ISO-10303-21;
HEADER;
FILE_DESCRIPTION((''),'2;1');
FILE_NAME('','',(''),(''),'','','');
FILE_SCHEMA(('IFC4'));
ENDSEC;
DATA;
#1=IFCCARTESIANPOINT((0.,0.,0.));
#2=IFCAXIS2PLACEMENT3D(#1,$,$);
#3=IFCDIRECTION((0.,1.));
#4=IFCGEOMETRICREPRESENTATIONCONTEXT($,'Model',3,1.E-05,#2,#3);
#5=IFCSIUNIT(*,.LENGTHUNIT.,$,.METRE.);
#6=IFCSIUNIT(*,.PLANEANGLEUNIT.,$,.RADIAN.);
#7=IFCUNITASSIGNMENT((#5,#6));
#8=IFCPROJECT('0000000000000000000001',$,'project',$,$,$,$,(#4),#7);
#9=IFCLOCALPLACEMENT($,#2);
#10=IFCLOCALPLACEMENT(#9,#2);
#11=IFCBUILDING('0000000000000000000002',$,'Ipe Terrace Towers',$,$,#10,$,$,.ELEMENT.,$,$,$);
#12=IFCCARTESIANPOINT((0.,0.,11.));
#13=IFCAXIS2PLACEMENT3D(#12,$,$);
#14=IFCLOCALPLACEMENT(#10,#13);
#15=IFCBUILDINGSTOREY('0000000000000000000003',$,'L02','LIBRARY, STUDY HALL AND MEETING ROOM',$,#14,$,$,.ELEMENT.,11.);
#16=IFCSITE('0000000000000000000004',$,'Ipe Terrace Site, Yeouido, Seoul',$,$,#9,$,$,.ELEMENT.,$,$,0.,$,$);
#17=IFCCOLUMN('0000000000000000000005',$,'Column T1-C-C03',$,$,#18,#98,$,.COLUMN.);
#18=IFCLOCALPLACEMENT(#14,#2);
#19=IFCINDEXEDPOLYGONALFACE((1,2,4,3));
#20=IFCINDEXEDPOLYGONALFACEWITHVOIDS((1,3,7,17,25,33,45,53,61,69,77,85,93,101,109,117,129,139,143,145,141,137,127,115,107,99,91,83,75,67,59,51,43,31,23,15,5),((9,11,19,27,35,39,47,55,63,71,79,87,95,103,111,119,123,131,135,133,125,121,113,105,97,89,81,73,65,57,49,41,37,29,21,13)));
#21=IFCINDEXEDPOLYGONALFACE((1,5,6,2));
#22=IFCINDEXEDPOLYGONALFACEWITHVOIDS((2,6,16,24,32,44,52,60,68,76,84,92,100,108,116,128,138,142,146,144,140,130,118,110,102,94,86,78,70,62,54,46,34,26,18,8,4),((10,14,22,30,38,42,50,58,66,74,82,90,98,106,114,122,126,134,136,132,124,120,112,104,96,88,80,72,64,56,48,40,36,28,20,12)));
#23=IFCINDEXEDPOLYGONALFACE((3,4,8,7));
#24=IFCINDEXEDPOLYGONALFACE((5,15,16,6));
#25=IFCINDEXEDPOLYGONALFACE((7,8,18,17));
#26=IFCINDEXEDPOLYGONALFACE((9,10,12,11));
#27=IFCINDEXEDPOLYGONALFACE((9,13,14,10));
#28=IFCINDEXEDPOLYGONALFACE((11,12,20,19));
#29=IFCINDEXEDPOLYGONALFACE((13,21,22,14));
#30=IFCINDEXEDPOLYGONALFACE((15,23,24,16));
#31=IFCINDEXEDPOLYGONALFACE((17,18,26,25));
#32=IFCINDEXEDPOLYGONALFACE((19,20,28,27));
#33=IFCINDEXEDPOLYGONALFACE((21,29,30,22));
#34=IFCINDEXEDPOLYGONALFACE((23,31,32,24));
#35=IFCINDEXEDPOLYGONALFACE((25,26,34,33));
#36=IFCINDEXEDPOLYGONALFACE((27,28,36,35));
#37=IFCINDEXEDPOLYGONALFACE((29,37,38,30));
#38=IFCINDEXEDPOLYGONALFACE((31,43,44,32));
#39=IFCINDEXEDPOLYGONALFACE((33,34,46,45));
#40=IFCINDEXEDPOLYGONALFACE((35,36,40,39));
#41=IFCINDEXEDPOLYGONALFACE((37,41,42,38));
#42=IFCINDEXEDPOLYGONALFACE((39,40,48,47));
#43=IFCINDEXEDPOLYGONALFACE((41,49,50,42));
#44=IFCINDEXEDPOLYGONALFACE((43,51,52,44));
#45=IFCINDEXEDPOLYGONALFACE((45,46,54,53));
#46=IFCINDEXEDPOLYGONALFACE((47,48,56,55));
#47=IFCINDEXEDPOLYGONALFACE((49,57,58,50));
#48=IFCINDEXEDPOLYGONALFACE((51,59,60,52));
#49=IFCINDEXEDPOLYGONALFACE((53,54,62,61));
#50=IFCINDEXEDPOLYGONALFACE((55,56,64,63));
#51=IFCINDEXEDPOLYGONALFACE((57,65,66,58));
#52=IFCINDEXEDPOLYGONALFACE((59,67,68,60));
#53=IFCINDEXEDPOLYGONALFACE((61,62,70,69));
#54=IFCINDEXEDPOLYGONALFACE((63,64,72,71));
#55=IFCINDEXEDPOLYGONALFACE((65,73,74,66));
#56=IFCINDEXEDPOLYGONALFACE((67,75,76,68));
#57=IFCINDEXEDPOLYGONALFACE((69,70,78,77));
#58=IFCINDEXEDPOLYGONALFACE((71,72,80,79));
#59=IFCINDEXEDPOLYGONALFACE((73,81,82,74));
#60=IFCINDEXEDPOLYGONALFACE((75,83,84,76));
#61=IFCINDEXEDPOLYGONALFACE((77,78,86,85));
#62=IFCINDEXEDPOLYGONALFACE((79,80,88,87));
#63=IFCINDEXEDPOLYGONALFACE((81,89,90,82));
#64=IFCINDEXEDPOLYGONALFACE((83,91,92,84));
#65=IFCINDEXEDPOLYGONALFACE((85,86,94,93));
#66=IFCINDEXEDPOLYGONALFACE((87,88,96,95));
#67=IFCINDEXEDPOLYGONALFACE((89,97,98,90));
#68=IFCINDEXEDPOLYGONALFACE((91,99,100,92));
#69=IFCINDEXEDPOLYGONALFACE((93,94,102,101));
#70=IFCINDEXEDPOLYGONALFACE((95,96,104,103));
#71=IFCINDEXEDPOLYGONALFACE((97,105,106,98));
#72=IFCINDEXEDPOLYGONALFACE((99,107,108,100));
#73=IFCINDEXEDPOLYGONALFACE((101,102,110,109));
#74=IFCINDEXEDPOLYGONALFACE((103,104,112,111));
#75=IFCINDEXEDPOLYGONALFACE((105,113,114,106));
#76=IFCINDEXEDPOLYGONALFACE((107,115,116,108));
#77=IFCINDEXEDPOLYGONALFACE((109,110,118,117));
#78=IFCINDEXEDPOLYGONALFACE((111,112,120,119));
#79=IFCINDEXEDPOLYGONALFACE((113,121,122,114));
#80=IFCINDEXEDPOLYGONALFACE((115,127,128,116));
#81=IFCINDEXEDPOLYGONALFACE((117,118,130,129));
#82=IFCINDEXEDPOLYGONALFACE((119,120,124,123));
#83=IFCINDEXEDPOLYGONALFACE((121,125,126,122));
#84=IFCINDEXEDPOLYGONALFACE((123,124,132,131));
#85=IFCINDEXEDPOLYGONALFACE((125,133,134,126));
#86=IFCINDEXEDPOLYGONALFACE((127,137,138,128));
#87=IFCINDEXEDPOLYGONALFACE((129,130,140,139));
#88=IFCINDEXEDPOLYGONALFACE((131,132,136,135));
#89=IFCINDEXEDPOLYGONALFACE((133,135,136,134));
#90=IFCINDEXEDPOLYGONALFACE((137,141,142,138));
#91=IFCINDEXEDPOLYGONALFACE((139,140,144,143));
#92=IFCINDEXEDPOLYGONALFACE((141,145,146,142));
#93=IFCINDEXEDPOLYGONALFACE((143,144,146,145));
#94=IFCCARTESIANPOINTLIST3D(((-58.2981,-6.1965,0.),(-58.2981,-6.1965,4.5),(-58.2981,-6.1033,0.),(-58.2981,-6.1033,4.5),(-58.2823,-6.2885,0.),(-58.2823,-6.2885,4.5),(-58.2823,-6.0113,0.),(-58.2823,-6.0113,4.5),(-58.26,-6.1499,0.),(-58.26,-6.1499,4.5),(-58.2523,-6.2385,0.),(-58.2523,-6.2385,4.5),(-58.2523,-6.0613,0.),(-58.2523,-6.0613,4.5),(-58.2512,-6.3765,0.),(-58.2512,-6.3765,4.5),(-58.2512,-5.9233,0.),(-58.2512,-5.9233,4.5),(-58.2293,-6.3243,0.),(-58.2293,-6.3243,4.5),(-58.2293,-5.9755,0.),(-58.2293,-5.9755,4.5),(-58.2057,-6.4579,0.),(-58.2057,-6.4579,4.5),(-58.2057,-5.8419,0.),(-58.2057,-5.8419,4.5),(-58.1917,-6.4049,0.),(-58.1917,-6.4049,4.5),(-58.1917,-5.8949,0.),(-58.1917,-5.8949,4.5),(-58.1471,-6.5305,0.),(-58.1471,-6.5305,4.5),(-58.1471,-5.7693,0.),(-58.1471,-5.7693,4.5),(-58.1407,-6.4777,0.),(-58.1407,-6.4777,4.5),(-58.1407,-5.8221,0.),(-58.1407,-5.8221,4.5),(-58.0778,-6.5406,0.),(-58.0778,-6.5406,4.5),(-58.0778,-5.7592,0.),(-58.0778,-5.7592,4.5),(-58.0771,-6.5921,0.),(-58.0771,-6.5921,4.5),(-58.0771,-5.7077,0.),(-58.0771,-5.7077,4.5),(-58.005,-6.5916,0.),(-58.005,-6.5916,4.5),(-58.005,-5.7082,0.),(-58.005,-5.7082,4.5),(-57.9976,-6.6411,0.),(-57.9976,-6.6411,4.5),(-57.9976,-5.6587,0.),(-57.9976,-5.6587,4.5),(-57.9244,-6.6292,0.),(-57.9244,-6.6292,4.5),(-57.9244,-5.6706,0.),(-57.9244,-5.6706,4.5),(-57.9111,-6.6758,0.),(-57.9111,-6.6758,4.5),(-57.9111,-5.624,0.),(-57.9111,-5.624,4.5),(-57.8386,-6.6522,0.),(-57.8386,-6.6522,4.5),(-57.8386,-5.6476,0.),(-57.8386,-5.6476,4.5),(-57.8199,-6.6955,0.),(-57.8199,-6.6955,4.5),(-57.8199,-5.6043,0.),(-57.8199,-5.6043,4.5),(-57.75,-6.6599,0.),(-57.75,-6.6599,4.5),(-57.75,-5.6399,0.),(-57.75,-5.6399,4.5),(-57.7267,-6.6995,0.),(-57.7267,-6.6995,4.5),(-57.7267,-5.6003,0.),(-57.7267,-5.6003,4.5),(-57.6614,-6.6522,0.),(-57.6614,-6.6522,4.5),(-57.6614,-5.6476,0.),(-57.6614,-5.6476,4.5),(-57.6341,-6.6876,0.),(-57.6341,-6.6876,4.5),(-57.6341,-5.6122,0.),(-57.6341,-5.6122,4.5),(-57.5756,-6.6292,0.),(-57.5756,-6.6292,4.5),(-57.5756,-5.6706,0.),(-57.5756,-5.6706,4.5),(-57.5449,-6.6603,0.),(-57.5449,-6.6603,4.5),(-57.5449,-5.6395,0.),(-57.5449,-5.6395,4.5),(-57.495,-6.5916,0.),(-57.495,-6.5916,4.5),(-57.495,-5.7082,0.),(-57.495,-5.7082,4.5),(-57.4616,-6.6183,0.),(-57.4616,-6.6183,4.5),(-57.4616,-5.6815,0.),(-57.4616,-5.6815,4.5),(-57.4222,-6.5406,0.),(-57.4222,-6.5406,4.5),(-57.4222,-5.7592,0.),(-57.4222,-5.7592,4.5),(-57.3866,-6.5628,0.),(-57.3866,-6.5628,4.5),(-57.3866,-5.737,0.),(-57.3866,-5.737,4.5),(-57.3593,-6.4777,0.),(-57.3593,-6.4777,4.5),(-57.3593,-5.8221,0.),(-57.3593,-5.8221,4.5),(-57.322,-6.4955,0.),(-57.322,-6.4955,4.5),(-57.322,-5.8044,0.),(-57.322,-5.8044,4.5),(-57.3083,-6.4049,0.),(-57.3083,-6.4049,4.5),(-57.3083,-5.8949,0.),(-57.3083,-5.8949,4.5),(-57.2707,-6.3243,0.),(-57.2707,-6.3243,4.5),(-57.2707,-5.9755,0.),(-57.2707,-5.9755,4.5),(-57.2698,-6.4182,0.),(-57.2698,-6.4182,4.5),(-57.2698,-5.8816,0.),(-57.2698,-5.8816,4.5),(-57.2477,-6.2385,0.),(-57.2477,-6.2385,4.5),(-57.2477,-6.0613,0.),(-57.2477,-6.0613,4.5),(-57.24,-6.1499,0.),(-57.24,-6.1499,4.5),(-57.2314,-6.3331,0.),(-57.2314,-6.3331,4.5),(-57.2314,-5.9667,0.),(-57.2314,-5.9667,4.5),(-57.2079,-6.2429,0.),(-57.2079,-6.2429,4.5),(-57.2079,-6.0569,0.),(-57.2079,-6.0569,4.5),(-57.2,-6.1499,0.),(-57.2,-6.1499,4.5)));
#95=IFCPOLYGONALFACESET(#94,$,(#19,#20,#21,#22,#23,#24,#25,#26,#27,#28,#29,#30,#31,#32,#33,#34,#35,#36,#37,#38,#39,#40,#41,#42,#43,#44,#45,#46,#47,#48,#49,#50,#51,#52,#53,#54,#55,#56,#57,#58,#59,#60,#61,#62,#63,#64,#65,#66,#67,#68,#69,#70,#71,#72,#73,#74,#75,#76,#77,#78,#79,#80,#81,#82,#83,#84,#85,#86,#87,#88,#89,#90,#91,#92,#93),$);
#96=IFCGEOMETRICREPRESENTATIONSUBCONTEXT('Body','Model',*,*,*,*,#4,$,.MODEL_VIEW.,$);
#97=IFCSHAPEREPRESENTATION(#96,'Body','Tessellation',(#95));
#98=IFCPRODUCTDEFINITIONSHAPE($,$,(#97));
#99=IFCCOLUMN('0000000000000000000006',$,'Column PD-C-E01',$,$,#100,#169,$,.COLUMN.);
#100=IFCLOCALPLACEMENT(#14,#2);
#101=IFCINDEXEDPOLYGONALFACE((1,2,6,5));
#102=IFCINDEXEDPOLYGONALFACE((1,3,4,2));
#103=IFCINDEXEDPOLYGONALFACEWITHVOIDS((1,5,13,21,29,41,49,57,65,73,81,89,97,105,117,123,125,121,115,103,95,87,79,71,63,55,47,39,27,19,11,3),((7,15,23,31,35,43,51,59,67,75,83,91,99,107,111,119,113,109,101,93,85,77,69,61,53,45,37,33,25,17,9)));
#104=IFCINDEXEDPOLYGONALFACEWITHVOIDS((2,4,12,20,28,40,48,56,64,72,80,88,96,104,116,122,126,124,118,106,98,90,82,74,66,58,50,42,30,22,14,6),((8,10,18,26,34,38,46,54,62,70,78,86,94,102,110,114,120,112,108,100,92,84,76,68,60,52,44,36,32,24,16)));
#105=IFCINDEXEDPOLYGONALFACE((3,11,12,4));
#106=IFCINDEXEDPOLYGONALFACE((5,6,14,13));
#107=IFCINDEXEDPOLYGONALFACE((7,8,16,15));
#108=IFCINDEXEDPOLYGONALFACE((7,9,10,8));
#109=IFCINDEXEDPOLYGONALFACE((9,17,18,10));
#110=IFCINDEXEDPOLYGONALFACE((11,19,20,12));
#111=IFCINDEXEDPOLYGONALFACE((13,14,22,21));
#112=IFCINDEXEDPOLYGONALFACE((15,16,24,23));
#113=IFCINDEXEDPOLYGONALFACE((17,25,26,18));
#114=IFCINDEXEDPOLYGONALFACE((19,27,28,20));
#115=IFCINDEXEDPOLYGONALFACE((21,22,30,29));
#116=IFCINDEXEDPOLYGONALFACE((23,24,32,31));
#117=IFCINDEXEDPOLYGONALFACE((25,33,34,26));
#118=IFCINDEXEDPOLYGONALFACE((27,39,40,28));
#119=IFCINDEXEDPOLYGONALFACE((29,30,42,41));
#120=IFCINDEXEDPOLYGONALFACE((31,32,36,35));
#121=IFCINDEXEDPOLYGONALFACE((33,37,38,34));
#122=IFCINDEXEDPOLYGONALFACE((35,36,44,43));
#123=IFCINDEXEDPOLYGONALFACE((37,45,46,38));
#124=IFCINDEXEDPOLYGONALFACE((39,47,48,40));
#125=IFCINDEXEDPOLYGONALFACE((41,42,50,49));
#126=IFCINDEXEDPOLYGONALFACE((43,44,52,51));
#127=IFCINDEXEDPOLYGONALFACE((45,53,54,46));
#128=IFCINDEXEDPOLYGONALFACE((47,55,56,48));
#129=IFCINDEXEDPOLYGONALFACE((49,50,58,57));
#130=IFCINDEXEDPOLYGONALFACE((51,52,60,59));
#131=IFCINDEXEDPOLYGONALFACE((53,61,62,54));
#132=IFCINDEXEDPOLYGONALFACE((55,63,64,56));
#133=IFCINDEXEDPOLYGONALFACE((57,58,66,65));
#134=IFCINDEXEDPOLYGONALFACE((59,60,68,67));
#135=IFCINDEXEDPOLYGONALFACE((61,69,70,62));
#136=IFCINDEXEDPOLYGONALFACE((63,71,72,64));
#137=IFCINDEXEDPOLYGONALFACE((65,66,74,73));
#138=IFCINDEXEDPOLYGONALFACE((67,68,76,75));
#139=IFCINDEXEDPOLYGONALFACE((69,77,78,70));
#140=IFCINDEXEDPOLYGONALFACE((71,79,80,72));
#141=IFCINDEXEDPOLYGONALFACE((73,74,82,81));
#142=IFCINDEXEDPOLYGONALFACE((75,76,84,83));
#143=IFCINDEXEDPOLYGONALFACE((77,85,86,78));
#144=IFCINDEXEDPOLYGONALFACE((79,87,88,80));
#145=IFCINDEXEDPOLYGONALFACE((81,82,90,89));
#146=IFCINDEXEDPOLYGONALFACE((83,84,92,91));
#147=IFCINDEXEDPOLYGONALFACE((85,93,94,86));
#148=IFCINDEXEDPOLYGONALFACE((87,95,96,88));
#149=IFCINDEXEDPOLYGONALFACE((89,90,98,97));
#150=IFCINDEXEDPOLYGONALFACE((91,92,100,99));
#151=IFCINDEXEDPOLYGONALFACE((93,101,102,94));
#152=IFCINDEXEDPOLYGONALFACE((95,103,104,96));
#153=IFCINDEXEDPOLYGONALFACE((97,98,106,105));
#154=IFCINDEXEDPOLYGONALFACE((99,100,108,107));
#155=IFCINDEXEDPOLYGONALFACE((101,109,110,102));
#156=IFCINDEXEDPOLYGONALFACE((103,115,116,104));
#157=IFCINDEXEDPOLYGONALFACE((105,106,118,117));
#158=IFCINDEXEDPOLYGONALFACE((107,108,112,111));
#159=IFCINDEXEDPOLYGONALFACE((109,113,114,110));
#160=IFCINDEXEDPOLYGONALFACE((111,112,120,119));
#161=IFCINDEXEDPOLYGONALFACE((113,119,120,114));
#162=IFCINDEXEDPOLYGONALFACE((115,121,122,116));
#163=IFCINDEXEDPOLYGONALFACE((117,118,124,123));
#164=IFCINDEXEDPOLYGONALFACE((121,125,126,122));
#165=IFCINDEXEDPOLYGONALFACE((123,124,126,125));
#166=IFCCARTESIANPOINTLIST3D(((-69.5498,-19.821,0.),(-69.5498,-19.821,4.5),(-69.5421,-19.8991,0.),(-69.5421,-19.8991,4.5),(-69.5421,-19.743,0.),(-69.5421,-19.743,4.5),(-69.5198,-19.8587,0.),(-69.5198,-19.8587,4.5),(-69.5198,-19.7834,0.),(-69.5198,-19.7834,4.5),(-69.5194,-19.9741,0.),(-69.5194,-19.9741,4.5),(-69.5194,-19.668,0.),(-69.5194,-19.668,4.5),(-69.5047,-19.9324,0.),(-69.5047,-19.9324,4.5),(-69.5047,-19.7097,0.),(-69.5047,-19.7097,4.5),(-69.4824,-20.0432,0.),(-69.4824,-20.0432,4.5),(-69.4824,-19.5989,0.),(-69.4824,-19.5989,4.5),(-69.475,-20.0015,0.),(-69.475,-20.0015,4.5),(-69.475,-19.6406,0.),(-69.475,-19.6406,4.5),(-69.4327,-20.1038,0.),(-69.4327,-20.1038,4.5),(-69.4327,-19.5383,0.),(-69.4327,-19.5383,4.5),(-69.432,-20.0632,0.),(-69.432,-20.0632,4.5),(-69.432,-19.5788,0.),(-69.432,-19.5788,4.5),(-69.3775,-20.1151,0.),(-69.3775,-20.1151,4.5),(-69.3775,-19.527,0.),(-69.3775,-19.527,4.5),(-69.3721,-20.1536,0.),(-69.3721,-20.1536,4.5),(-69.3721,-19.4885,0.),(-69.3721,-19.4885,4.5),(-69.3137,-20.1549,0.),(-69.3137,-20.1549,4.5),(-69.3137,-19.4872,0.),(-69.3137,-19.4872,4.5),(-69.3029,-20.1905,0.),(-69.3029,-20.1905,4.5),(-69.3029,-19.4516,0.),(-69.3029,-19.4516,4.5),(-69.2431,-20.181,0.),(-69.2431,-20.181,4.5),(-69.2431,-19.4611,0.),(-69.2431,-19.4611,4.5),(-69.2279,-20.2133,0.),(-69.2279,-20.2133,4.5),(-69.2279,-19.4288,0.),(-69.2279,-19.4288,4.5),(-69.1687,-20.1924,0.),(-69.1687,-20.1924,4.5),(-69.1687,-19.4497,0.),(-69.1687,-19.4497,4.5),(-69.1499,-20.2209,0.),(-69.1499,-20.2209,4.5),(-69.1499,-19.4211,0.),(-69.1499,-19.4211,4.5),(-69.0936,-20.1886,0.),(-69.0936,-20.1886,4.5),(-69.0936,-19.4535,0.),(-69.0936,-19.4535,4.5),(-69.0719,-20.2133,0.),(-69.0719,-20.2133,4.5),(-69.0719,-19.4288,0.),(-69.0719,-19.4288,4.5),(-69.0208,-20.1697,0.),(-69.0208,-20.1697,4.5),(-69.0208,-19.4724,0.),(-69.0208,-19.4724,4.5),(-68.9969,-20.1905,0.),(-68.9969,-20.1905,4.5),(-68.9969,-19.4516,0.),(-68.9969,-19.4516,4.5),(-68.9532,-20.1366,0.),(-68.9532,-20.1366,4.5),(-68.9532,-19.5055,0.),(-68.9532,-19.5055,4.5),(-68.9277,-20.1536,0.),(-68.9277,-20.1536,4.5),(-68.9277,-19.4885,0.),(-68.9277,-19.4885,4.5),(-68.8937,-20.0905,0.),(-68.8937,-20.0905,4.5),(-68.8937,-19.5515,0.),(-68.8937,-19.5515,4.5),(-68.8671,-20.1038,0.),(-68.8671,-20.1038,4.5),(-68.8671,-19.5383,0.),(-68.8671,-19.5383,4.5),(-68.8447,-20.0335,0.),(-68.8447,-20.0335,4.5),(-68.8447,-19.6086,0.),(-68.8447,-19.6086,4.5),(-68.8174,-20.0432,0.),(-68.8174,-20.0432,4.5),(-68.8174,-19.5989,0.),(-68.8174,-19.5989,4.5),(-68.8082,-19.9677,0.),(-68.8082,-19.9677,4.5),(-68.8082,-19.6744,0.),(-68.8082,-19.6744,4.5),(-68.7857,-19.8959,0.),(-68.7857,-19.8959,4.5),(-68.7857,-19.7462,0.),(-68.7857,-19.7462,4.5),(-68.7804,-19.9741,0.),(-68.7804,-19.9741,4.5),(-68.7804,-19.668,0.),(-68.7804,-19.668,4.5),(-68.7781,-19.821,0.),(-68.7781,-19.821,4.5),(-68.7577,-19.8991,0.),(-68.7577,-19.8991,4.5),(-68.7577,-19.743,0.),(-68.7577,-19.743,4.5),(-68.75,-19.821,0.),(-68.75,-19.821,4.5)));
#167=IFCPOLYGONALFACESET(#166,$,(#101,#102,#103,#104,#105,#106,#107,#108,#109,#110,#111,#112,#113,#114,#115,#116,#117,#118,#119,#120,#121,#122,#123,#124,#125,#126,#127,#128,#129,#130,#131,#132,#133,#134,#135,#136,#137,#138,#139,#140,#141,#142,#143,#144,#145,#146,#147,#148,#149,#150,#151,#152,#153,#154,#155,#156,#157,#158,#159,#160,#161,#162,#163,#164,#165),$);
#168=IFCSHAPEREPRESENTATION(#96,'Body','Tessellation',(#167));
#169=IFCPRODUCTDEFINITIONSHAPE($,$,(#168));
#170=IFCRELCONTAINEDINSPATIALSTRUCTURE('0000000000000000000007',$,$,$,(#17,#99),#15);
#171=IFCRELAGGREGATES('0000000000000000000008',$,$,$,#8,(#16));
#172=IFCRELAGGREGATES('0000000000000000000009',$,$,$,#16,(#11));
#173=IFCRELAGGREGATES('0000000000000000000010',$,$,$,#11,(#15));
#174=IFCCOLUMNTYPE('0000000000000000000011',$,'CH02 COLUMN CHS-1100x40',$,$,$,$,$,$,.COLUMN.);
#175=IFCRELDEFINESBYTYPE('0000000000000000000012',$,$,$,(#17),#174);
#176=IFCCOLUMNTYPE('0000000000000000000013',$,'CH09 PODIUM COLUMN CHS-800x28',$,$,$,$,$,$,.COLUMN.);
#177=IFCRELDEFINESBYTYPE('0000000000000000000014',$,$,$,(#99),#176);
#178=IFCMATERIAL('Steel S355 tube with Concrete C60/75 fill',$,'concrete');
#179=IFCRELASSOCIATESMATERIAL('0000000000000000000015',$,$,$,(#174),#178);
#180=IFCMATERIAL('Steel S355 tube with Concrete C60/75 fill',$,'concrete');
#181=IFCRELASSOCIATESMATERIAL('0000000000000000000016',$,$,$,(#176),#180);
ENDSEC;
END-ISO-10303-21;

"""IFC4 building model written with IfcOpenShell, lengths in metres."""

from ifc_helpers import new_model, si_unit, direction, frame, origin, origin_2d, place, context, subcontext, project, spatial, hollow_circle, extrude, material, material_profile, profile_set, type_object, element, save


model = new_model("IFC4")

# Units and contexts
model_context = context("Model", 3, precision=1e-05, world=origin(), true_north=direction((0.0, 1.0)))
body_context = subcontext(model_context, "Body", "Model", "MODEL_VIEW")
ifc_project = project(units=[si_unit("LENGTHUNIT", "METRE"), si_unit("PLANEANGLEUNIT", "RADIAN")], contexts=[model_context])

# Site, building, storey
site_placement = place(None, origin())
site = spatial("IfcSite", under=ifc_project, at=site_placement, Name="Ipe Terrace Site, Yeouido, Seoul", CompositionType="ELEMENT", RefElevation=0.0)
building_placement = place(site_placement, origin())
building = spatial("IfcBuilding", under=site, at=building_placement, Name="Ipe Terrace Towers", CompositionType="ELEMENT")
storey_placement = place(building_placement, frame((0.0, 0.0, 11.0)))
storey = spatial("IfcBuildingStorey", under=building, at=storey_placement, Name="L02", Description="LIBRARY, STUDY HALL AND MEETING ROOM", CompositionType="ELEMENT", Elevation=11.0)

# Columns
ifc_material_1 = material(Name="Steel S355 tube with Concrete C60/75 fill", Category="concrete")
ifc_material_profile_1 = material_profile(ifc_material_1, hollow_circle(Radius=0.55, WallThickness=0.04, at=origin_2d()), Name="CHS-1100x40")
ifc_profile_set_1 = profile_set([ifc_material_profile_1], Name="Steel S355 tube with Concrete C60/75 fill")
column_type_1 = type_object("IfcColumnType", Name="CH02 COLUMN CHS-1100x40", PredefinedType="COLUMN", material=ifc_profile_set_1)
column_placement = place(storey_placement, frame((-57.75, -6.1499, 0.0), z_axis=(0.0, 0.0, 1.0), x_axis=(1.0, 0.0, 0.0)))
element("IfcColumn", 1, at=column_placement, inside=storey, type_object=column_type_1, Name="Column T1-C-C03", PredefinedType="COLUMN", context=body_context, shape_type="SweptSolid", body=[
    extrude(hollow_circle(Radius=0.55, WallThickness=0.04, at=origin_2d()), origin(), (0.0, 0.0, 1.0), 4.5),
])
ifc_material_2 = material(Name="Steel S355 tube with Concrete C60/75 fill", Category="concrete")
ifc_material_profile_2 = material_profile(ifc_material_2, hollow_circle(Radius=0.3999, WallThickness=0.0281, at=origin_2d()), Name="CHS-800x28")
ifc_profile_set_2 = profile_set([ifc_material_profile_2], Name="Steel S355 tube with Concrete C60/75 fill")
column_type_2 = type_object("IfcColumnType", Name="CH09 PODIUM COLUMN CHS-800x28", PredefinedType="COLUMN", material=ifc_profile_set_2)
for number, where, z_axis, x_axis, name in (
    (2, (-69.1499, -19.821, 0.0), (0.0, 0.0, 1.0), (1.0, 0.0, 0.0), "Column PD-C-E01"),
):
    element("IfcColumn", number, at=place(storey_placement, frame(where, z_axis=z_axis, x_axis=x_axis)), inside=storey, type_object=column_type_2, Name=name, PredefinedType="COLUMN", context=body_context, shape_type="SweptSolid", body=[
        extrude(hollow_circle(Radius=0.3999, WallThickness=0.0281, at=origin_2d()), origin(), (0.0, 0.0, 1.0), 4.5),
    ])

save(model, "model.ifc")
